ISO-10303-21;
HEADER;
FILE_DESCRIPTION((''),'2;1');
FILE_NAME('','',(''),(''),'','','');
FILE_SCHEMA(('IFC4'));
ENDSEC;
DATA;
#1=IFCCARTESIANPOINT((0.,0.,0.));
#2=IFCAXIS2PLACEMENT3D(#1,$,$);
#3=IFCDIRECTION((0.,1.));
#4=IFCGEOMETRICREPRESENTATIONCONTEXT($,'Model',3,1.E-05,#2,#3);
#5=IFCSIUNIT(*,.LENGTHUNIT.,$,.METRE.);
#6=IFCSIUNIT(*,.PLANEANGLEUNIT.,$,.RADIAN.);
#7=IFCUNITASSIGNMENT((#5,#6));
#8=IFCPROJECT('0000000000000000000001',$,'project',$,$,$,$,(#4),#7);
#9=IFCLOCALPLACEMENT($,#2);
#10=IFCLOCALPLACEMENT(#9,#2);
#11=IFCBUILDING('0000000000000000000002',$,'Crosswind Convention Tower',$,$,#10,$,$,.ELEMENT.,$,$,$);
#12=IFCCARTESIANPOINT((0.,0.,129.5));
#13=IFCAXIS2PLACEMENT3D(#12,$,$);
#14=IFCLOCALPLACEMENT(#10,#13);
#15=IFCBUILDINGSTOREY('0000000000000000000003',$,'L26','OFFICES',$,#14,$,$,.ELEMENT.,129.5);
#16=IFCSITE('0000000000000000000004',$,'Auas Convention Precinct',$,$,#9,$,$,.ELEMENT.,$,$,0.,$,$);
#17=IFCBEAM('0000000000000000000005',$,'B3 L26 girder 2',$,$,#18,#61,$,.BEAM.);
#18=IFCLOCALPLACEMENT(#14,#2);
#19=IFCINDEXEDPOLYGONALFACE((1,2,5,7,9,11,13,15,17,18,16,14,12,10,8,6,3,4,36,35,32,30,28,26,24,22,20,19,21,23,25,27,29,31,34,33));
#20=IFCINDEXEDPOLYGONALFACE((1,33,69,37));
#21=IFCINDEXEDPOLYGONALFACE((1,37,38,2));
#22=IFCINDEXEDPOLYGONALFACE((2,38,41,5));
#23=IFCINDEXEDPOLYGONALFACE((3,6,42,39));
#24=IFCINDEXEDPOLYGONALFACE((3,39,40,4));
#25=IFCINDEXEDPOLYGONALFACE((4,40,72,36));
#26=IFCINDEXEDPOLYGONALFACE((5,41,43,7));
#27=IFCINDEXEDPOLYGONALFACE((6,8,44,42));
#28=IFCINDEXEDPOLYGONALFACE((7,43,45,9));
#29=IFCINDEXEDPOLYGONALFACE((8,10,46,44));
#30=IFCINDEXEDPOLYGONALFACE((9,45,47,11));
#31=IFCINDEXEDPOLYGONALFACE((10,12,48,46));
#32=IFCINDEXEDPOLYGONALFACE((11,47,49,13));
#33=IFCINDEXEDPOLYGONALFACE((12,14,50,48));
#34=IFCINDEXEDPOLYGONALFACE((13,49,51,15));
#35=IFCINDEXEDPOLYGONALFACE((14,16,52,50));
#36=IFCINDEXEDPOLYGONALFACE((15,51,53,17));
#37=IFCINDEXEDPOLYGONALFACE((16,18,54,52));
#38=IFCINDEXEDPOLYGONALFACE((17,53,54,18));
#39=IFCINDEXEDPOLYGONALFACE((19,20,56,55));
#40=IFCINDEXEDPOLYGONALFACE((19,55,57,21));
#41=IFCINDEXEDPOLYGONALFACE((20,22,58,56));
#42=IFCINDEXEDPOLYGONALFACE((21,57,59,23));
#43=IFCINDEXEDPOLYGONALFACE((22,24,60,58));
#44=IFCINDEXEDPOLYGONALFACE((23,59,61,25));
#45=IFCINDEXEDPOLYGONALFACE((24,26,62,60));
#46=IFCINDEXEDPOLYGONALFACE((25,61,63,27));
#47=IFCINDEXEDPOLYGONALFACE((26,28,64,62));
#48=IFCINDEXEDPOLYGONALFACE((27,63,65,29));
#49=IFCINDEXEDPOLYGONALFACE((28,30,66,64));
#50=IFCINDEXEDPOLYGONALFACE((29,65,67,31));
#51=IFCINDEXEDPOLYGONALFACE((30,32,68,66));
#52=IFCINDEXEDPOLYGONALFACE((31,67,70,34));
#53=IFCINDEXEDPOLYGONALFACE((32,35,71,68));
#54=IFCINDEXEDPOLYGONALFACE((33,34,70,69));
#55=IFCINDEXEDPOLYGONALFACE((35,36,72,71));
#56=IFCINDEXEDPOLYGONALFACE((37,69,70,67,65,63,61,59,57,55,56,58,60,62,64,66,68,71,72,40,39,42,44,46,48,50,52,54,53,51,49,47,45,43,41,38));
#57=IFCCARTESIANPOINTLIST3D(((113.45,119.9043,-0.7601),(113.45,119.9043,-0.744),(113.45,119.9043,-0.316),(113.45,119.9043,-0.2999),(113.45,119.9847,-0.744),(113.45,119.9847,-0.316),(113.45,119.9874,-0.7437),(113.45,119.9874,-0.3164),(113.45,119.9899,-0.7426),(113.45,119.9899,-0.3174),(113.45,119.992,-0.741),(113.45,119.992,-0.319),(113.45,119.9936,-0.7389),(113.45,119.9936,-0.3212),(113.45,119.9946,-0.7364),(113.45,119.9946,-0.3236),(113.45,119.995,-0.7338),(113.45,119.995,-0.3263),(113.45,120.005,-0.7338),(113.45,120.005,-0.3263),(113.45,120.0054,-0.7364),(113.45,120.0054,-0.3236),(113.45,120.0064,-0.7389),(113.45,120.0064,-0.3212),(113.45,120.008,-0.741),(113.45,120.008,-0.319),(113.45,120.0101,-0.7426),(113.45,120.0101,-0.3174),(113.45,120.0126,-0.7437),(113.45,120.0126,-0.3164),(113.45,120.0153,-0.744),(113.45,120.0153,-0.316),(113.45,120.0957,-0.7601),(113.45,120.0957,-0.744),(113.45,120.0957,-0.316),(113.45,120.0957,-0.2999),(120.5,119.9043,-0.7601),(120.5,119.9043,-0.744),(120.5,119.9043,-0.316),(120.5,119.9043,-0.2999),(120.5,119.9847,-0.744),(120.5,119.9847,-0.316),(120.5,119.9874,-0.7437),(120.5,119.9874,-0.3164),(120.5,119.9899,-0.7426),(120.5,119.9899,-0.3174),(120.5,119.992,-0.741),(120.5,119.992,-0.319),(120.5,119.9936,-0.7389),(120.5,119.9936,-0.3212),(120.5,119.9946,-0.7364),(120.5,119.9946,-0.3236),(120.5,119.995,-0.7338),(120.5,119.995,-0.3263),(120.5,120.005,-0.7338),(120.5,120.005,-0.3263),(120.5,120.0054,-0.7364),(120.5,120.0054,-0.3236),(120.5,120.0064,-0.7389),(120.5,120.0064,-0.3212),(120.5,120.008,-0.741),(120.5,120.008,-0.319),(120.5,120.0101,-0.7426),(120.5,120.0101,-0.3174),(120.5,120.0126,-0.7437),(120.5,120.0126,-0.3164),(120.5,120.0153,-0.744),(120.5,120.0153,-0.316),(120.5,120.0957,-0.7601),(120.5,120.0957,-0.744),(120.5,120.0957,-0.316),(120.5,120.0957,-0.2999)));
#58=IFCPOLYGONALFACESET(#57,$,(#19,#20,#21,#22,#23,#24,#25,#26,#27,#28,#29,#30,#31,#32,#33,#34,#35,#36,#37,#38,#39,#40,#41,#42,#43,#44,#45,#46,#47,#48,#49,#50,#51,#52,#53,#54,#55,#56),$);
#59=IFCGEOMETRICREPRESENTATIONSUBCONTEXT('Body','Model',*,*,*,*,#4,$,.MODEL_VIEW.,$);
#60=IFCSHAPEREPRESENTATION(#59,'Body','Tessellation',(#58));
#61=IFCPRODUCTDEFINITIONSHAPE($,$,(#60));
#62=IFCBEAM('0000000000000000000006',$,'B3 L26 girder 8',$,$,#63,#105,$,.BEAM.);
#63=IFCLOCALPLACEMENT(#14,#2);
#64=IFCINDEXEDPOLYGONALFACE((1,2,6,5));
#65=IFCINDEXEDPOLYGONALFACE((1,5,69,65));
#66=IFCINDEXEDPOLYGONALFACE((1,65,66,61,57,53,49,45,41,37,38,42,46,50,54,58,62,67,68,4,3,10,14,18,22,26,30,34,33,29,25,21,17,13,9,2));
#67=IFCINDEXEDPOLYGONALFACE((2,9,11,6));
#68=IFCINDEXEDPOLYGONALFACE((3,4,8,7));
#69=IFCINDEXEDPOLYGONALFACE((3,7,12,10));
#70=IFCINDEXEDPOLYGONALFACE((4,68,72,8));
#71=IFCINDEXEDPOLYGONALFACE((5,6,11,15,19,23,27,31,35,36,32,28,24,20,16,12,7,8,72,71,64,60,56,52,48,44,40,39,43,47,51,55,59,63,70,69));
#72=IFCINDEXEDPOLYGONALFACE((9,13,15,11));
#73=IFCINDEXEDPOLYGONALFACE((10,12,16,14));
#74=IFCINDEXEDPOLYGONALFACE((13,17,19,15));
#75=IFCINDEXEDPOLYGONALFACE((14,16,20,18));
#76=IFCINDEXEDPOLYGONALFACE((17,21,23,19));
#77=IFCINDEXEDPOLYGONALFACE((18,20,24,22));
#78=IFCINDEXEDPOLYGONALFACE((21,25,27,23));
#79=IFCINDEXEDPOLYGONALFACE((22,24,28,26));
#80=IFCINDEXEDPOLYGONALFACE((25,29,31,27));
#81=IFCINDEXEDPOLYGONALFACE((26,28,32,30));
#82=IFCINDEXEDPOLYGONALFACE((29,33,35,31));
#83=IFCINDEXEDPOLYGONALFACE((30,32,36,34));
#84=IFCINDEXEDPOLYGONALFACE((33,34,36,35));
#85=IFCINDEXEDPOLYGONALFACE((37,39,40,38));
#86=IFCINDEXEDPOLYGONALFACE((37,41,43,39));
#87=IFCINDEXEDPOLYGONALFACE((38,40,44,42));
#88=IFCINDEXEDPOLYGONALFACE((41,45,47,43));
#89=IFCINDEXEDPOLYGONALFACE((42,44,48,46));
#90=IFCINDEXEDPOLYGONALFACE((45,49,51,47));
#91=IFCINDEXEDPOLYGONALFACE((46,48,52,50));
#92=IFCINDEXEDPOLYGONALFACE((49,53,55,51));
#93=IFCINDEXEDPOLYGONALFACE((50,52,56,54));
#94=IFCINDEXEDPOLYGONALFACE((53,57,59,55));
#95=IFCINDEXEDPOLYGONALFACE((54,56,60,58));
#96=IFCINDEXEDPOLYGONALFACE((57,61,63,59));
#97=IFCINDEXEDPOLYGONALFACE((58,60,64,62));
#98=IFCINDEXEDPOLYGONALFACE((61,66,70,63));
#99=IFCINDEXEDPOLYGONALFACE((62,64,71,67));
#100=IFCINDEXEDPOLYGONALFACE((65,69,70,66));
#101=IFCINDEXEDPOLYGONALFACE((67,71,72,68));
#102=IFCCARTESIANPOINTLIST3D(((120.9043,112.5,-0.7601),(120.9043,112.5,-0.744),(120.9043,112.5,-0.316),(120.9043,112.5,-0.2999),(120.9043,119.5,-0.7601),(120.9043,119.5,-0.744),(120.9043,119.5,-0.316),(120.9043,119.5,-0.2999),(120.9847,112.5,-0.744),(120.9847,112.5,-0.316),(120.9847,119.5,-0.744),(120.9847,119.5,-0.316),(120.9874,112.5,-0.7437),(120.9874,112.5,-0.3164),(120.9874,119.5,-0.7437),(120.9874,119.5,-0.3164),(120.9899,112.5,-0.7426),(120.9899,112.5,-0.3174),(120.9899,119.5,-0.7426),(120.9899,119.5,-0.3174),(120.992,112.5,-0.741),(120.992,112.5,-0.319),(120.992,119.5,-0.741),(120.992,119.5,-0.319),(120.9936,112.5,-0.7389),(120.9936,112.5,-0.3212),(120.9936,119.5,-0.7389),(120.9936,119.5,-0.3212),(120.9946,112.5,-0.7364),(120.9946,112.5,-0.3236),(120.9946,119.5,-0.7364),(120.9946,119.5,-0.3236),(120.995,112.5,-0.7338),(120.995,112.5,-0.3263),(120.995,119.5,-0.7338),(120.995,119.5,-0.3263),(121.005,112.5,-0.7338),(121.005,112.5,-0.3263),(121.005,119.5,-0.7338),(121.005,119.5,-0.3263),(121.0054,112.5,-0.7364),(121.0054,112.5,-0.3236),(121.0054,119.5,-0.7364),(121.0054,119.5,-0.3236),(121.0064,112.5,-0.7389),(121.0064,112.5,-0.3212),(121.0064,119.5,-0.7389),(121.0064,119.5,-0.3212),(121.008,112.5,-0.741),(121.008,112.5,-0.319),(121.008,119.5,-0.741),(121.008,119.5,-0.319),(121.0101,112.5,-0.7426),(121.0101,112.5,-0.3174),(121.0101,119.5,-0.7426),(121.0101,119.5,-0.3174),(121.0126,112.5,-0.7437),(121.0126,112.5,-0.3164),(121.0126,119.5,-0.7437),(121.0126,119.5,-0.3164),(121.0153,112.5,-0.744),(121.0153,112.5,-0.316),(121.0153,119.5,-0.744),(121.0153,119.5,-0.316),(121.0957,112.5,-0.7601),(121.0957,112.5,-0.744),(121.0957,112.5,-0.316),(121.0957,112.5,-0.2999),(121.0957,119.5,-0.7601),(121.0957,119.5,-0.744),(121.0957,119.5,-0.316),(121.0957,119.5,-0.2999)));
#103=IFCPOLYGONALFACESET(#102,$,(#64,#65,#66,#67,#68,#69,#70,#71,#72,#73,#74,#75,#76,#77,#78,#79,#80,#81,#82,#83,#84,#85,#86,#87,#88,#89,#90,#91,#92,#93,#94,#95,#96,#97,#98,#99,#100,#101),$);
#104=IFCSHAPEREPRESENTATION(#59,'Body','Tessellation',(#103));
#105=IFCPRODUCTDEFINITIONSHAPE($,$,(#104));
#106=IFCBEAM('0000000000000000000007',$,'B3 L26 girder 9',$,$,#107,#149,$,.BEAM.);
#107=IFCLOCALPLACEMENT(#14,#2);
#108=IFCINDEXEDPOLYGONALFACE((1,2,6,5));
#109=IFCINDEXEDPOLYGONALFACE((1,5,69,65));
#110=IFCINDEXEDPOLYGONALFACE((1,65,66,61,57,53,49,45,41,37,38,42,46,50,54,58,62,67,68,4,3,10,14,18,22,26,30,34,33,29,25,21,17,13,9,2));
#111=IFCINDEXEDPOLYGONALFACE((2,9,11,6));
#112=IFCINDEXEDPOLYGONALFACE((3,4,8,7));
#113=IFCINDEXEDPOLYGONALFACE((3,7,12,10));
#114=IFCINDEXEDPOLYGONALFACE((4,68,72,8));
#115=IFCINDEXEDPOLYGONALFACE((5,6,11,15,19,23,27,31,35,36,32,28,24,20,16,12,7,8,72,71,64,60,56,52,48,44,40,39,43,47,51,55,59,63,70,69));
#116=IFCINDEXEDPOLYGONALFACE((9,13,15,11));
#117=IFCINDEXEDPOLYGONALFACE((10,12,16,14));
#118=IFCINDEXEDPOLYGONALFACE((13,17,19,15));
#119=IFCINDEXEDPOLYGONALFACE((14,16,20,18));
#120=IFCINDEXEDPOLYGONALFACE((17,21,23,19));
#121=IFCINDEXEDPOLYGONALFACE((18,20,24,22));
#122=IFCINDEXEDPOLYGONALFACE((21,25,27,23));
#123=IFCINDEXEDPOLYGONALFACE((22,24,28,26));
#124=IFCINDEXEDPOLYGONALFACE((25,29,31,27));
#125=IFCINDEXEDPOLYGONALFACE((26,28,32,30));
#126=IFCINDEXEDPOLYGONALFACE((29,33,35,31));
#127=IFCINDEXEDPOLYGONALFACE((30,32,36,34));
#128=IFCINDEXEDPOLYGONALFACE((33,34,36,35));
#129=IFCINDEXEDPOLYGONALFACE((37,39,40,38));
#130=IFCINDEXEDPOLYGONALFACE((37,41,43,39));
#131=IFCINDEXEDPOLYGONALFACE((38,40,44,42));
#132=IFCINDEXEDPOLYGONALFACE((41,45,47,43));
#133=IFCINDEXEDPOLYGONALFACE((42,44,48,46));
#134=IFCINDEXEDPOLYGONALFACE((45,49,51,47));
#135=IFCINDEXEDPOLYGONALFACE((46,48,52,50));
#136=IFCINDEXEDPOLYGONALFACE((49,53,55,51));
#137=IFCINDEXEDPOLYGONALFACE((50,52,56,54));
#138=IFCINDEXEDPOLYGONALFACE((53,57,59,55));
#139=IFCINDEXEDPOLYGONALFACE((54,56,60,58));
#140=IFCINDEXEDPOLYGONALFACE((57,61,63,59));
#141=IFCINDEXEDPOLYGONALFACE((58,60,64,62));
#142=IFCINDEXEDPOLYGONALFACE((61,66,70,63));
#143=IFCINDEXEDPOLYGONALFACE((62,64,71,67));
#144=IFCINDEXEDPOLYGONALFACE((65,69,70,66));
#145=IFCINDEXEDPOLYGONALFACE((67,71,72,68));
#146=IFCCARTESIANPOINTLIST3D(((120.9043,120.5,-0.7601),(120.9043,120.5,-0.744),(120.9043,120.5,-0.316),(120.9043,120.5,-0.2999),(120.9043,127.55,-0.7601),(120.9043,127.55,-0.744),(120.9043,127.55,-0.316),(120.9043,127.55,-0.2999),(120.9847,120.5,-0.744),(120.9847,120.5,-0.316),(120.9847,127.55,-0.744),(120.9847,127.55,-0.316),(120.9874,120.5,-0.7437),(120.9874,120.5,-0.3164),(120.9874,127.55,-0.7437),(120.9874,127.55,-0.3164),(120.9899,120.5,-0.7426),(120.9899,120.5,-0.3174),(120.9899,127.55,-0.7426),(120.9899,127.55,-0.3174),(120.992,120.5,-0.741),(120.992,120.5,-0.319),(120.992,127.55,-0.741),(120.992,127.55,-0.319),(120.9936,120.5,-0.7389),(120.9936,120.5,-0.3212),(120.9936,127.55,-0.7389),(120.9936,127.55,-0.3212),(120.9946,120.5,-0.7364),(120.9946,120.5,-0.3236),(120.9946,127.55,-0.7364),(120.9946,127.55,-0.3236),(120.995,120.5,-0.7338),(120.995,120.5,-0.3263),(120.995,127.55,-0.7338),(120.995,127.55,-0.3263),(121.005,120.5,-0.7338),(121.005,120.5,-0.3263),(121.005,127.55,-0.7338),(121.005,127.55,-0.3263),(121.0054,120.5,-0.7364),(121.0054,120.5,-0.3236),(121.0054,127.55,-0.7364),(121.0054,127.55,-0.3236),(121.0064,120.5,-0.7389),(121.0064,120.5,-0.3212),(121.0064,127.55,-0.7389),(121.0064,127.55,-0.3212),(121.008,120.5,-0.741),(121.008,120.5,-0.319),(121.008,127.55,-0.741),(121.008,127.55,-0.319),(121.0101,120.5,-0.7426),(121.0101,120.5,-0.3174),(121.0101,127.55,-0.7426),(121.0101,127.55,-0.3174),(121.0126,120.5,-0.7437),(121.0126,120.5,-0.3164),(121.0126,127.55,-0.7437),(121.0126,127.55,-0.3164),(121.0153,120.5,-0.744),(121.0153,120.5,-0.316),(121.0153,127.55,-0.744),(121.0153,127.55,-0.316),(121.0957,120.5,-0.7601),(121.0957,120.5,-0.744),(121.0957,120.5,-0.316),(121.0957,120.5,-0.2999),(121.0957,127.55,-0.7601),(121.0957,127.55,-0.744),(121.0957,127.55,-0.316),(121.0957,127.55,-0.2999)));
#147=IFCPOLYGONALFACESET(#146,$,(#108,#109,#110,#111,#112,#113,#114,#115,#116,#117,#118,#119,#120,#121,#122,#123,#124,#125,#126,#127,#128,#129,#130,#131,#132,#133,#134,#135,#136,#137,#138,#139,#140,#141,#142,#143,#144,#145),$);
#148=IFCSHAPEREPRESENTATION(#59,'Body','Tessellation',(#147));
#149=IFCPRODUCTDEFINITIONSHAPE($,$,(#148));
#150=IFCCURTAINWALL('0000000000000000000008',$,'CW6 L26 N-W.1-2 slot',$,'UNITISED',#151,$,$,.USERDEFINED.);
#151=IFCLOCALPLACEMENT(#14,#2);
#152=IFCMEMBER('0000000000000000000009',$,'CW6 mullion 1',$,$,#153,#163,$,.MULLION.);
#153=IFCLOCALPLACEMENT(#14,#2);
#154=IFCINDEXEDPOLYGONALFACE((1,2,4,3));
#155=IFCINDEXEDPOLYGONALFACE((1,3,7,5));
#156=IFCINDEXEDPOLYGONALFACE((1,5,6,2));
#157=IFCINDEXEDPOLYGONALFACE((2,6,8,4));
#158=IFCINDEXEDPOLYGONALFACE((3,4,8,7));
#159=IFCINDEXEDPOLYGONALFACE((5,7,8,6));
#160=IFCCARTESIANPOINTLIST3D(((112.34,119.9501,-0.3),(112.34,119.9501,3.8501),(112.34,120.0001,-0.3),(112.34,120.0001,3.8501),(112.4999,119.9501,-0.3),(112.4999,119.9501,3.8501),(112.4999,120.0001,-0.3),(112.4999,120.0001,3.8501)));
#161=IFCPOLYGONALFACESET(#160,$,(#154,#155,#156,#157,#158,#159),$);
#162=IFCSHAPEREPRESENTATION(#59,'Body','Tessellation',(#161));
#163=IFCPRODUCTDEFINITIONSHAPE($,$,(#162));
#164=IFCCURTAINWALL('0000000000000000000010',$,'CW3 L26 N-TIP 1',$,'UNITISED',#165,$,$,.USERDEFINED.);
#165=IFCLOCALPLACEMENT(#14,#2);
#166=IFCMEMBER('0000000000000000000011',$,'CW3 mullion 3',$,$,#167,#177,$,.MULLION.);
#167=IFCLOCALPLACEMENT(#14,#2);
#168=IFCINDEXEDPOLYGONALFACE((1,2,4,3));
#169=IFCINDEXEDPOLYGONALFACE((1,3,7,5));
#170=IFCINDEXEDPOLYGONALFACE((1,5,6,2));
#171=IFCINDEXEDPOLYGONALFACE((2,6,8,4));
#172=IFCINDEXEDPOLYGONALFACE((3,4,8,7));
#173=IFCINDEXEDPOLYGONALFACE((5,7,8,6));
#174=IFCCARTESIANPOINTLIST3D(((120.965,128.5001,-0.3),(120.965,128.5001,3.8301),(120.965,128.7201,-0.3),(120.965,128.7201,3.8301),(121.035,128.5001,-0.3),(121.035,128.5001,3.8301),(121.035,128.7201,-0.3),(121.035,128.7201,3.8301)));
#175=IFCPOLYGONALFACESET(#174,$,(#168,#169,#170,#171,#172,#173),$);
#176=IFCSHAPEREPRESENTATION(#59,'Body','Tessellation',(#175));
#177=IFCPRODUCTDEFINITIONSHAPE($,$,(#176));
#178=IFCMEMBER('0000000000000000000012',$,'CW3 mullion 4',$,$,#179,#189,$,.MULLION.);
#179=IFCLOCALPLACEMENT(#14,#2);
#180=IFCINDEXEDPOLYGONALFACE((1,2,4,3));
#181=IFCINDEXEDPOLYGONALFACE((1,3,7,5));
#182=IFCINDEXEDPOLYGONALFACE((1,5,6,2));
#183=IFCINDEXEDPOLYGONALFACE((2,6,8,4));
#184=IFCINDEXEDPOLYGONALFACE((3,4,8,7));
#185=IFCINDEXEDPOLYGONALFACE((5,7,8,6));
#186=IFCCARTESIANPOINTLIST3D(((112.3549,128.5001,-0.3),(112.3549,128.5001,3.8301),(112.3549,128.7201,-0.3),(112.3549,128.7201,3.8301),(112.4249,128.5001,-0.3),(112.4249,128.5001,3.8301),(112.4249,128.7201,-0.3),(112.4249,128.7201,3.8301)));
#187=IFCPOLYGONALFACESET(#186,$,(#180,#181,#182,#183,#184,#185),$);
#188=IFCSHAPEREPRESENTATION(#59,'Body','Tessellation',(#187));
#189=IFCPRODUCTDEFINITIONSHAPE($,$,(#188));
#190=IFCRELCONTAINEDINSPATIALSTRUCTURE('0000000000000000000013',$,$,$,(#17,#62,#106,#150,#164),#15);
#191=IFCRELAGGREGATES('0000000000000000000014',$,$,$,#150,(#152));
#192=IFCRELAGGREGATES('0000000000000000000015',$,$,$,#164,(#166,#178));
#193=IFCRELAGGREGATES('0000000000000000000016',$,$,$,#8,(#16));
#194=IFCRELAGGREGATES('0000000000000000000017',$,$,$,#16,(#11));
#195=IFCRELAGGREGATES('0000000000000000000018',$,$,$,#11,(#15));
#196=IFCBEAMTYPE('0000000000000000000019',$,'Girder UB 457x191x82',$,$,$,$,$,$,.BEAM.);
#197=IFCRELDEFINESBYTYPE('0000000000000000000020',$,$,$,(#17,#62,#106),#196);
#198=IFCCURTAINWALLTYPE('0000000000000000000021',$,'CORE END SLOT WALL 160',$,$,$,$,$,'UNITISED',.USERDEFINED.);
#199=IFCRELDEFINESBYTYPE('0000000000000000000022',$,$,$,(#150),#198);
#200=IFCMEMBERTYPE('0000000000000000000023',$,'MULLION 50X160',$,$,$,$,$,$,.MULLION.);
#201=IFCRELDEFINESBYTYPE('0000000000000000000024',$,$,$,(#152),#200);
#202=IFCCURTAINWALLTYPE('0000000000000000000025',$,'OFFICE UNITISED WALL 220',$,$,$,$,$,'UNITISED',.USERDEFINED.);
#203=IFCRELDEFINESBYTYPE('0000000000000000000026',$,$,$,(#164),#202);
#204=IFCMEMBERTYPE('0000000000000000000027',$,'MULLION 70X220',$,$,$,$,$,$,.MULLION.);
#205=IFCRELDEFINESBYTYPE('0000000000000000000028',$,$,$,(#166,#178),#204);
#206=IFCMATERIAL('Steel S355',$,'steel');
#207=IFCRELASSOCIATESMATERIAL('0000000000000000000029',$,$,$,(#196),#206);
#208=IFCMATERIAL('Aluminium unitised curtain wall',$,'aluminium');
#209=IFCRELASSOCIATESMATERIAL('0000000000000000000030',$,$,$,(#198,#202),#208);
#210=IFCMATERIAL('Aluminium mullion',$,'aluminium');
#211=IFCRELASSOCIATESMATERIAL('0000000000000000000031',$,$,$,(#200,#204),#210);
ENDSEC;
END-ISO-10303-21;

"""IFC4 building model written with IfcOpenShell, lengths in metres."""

from ifc_helpers import new_model, si_unit, direction, frame, origin, origin_2d, place, context, subcontext, project, spatial, rectangle, i_section, extrude, material, material_profile, profile_set, type_object, element, aggregate, save


model = new_model("IFC4")

# Units and contexts
model_context = context("Model", 3, precision=1e-05, world=origin(), true_north=direction((0.0, 1.0)))
body_context = subcontext(model_context, "Body", "Model", "MODEL_VIEW")
ifc_project = project(units=[si_unit("LENGTHUNIT", "METRE"), si_unit("PLANEANGLEUNIT", "RADIAN")], contexts=[model_context])

# Site, building, storey
site_placement = place(None, origin())
site = spatial("IfcSite", under=ifc_project, at=site_placement, Name="Auas Convention Precinct", CompositionType="ELEMENT", RefElevation=0.0)
building_placement = place(site_placement, origin())
building = spatial("IfcBuilding", under=site, at=building_placement, Name="Crosswind Convention Tower", CompositionType="ELEMENT")
storey_placement = place(building_placement, frame((0.0, 0.0, 129.5)))
storey = spatial("IfcBuildingStorey", under=building, at=storey_placement, Name="L26", Description="OFFICES", CompositionType="ELEMENT", Elevation=129.5)

# Beams
ifc_material_1 = material(Name="Steel S355", Category="steel")
ifc_material_profile_1 = material_profile(ifc_material_1, i_section(OverallWidth=0.1914, OverallDepth=0.4602, WebThickness=0.01, FlangeThickness=0.0161, FilletRadius=0.0103, at=origin_2d()), Name="UB 457x191x82")
ifc_profile_set_1 = profile_set([ifc_material_profile_1], Name="Steel S355")
beam_type_1 = type_object("IfcBeamType", Name="Girder UB 457x191x82", PredefinedType="BEAM", material=ifc_profile_set_1)
beam_1_placement = place(storey_placement, frame((113.45, 120.0, -0.53), z_axis=(1.0, 0.0, 0.0), x_axis=(0.0, 1.0, 0.0)))
element("IfcBeam", 1, at=beam_1_placement, inside=storey, type_object=beam_type_1, Name="B3 L26 girder 2", PredefinedType="BEAM", context=body_context, shape_type="SweptSolid", body=[
    extrude(i_section(OverallWidth=0.1914, OverallDepth=0.4602, WebThickness=0.01, FlangeThickness=0.0161, FilletRadius=0.0103, at=origin_2d()), origin(), (0.0, 0.0, 1.0), 7.05),
])
beam_2_placement = place(storey_placement, frame((121.0, 112.5, -0.53), z_axis=(0.0, 1.0, 0.0), x_axis=(-1.0, 0.0, 0.0)))
element("IfcBeam", 2, at=beam_2_placement, inside=storey, type_object=beam_type_1, Name="B3 L26 girder 8", PredefinedType="BEAM", context=body_context, shape_type="SweptSolid", body=[
    extrude(i_section(OverallWidth=0.1914, OverallDepth=0.4602, WebThickness=0.01, FlangeThickness=0.0161, FilletRadius=0.0103, at=origin_2d()), origin(), (0.0, 0.0, 1.0), 7.0),
])
beam_3_placement = place(storey_placement, frame((121.0, 120.5, -0.53), z_axis=(0.0, 1.0, 0.0), x_axis=(-1.0, 0.0, 0.0)))
element("IfcBeam", 3, at=beam_3_placement, inside=storey, type_object=beam_type_1, Name="B3 L26 girder 9", PredefinedType="BEAM", context=body_context, shape_type="SweptSolid", body=[
    extrude(i_section(OverallWidth=0.1914, OverallDepth=0.4602, WebThickness=0.01, FlangeThickness=0.0161, FilletRadius=0.0103, at=origin_2d()), origin(), (0.0, 0.0, 1.0), 7.05),
])

# Curtain wall, member
ifc_material_2 = material(Name="Aluminium unitised curtain wall", Category="aluminium")
curtain_wall_type_1 = type_object("IfcCurtainWallType", Name="CORE END SLOT WALL 160", ElementType="UNITISED", PredefinedType="USERDEFINED", material=ifc_material_2)
curtain_wall_1_placement = place(storey_placement, origin())
curtain_wall_1 = element("IfcCurtainWall", 4, at=curtain_wall_1_placement, inside=storey, type_object=curtain_wall_type_1, Name="CW6 L26 N-W.1-2 slot", ObjectType="UNITISED", PredefinedType="USERDEFINED")
ifc_material_3 = material(Name="Aluminium mullion", Category="aluminium")
ifc_material_profile_2 = material_profile(ifc_material_3, rectangle(XDim=0.1599, YDim=0.05, at=origin_2d()), Name="AL 160X50")
ifc_profile_set_2 = profile_set([ifc_material_profile_2], Name="Aluminium mullion")
member_type_1 = type_object("IfcMemberType", Name="MULLION 50X160", PredefinedType="MULLION", material=ifc_profile_set_2)
member_1_placement = place(storey_placement, frame((112.4199, 119.9751, -0.3), z_axis=(0.0, 0.0, 1.0), x_axis=(-1.0, 0.0, 0.0)))
member_1 = element("IfcMember", 5, at=member_1_placement, type_object=member_type_1, Name="CW6 mullion 1", PredefinedType="MULLION", context=body_context, shape_type="SweptSolid", body=[
    extrude(rectangle(XDim=0.1599, YDim=0.05, at=origin_2d()), origin(), (0.0, 0.0, 1.0), 4.1501),
])

# Curtain wall, members
curtain_wall_type_2 = type_object("IfcCurtainWallType", Name="OFFICE UNITISED WALL 220", ElementType="UNITISED", PredefinedType="USERDEFINED", material=ifc_material_2)
curtain_wall_2_placement = place(storey_placement, origin())
curtain_wall_2 = element("IfcCurtainWall", 6, at=curtain_wall_2_placement, inside=storey, type_object=curtain_wall_type_2, Name="CW3 L26 N-TIP 1", ObjectType="UNITISED", PredefinedType="USERDEFINED")
ifc_material_profile_3 = material_profile(ifc_material_3, rectangle(XDim=0.22, YDim=0.0701, at=origin_2d()), Name="AL 220X70")
ifc_profile_set_3 = profile_set([ifc_material_profile_3], Name="Aluminium mullion")
member_type_2 = type_object("IfcMemberType", Name="MULLION 70X220", PredefinedType="MULLION", material=ifc_profile_set_3)
member_2_placement = place(storey_placement, frame((121.0, 128.6101, -0.3), z_axis=(0.0, 0.0, 1.0), x_axis=(0.0, 1.0, 0.0)))
member_2 = element("IfcMember", 7, at=member_2_placement, type_object=member_type_2, Name="CW3 mullion 3", PredefinedType="MULLION", context=body_context, shape_type="SweptSolid", body=[
    extrude(rectangle(XDim=0.22, YDim=0.0701, at=origin_2d()), origin(), (0.0, 0.0, 1.0), 4.1301),
])
member_3_placement = place(storey_placement, frame((112.3899, 128.6101, -0.3), z_axis=(0.0, 0.0, 1.0), x_axis=(0.0, 1.0, 0.0)))
member_3 = element("IfcMember", 8, at=member_3_placement, type_object=member_type_2, Name="CW3 mullion 4", PredefinedType="MULLION", context=body_context, shape_type="SweptSolid", body=[
    extrude(rectangle(XDim=0.22, YDim=0.0701, at=origin_2d()), origin(), (0.0, 0.0, 1.0), 4.1301),
])

aggregate(curtain_wall_1, [member_1])
aggregate(curtain_wall_2, [member_2, member_3])

save(model, "model.ifc")
